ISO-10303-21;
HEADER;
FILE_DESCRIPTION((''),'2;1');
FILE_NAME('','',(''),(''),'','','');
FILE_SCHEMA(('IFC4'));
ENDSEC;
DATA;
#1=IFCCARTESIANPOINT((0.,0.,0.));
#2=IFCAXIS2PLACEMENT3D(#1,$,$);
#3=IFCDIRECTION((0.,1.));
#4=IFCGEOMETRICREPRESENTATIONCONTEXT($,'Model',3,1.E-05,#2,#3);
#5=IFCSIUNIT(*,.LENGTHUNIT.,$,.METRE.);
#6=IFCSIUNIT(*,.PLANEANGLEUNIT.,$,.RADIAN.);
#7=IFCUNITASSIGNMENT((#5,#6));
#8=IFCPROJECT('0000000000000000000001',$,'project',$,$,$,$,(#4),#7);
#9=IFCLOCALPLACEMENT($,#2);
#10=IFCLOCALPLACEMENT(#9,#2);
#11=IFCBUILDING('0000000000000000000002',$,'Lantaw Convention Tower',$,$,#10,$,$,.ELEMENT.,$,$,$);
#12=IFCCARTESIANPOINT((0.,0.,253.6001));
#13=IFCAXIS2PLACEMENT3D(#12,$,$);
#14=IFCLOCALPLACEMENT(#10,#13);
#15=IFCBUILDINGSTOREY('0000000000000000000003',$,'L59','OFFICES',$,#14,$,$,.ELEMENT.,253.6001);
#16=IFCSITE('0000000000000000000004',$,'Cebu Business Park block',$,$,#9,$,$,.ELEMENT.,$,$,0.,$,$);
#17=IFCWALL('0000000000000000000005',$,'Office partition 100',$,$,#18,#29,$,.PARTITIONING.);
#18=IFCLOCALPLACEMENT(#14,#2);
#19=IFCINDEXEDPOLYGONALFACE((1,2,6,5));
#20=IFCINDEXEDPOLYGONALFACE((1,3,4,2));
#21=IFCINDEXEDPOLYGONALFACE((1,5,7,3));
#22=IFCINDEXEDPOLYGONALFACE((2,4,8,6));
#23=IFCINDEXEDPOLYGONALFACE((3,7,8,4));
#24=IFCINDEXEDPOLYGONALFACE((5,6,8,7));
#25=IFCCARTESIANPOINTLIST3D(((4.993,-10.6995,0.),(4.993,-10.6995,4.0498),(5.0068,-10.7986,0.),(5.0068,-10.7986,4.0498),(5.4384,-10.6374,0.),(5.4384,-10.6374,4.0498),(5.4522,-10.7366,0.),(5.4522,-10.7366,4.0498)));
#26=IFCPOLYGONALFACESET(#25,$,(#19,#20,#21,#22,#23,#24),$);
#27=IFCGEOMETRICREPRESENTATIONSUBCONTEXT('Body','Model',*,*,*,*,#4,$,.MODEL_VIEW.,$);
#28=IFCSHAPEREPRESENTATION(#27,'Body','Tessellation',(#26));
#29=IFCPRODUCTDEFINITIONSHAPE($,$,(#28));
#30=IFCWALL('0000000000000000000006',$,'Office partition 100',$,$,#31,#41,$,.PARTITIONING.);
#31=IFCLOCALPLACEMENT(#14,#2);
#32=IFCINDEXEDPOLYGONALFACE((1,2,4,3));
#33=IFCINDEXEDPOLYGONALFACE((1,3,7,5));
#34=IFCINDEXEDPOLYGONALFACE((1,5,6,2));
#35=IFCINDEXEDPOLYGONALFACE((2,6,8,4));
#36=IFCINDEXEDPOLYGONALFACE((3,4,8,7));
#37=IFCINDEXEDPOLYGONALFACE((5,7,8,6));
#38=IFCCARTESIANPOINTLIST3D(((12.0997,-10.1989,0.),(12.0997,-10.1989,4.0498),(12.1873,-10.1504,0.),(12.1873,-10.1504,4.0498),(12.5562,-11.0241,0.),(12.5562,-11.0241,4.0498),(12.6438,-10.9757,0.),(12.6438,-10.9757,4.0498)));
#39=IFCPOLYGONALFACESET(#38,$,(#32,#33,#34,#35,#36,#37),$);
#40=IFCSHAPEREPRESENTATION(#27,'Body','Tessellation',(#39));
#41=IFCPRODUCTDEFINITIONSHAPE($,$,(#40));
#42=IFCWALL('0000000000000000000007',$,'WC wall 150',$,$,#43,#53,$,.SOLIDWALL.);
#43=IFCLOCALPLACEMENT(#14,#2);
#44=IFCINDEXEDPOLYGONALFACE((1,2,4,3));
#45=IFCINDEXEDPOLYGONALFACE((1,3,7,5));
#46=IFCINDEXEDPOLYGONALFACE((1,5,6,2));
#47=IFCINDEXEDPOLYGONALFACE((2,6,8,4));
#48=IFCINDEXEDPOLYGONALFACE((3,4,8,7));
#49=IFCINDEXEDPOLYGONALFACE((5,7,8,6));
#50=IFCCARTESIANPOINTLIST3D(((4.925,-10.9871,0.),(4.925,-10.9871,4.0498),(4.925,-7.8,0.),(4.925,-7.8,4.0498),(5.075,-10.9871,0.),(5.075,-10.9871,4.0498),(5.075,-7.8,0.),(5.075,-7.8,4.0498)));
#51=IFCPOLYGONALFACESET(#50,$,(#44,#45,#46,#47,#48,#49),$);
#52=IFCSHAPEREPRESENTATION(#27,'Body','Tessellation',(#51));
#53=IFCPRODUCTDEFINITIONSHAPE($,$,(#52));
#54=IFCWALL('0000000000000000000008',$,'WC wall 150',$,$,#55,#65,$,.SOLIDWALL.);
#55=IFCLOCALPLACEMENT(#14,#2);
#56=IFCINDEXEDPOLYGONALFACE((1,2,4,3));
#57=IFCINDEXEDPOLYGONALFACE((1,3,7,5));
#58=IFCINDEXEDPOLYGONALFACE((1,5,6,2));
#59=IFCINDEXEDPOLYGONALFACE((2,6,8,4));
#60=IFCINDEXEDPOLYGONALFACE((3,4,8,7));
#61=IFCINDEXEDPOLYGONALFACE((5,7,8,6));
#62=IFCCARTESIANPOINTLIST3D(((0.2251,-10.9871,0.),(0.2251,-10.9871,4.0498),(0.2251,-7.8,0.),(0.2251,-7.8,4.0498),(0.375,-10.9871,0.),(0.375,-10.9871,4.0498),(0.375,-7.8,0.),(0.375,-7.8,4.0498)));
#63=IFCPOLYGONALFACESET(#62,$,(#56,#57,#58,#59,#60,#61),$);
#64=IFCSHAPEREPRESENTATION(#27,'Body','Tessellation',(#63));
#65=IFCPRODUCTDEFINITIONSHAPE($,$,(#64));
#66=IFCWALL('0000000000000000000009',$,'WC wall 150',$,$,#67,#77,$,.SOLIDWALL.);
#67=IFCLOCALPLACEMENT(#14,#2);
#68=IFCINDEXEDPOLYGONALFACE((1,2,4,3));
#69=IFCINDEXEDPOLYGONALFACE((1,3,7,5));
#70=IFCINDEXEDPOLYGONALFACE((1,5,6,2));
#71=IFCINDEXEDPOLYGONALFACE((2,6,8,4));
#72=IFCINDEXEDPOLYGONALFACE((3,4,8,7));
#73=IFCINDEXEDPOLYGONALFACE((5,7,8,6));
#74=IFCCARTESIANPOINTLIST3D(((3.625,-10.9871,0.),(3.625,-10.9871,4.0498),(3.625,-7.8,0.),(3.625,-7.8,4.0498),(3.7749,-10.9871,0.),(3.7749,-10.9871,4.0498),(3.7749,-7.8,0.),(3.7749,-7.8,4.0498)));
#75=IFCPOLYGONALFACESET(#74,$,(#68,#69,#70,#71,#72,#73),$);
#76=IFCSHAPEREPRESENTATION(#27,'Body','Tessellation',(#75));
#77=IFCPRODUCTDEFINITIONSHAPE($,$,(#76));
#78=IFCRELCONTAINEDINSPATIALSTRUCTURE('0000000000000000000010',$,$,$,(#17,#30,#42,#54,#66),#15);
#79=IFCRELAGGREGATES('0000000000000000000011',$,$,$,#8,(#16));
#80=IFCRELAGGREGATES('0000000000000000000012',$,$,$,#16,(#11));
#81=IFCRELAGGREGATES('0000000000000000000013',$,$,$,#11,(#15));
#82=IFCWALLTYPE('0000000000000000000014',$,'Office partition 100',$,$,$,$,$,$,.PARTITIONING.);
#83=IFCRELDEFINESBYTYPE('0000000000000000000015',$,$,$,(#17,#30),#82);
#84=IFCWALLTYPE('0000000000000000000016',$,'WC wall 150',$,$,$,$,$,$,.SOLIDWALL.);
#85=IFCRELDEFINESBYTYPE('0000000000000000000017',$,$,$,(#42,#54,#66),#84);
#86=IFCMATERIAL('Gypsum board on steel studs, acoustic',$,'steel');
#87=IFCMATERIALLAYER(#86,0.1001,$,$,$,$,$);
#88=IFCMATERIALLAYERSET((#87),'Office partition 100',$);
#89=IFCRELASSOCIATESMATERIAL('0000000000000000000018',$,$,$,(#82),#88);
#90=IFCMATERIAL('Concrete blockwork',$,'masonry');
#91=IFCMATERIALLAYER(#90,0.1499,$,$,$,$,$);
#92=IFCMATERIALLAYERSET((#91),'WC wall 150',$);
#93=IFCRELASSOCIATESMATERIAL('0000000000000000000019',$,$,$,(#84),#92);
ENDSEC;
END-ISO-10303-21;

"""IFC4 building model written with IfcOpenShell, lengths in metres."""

from ifc_helpers import new_model, si_unit, direction, frame, frame_2d, origin, place, context, subcontext, project, spatial, rectangle, extrude, material, layer, layer_set, type_object, element, save


model = new_model("IFC4")

# Units and contexts
model_context = context("Model", 3, precision=1e-05, world=origin(), true_north=direction((0.0, 1.0)))
body_context = subcontext(model_context, "Body", "Model", "MODEL_VIEW")
ifc_project = project(units=[si_unit("LENGTHUNIT", "METRE"), si_unit("PLANEANGLEUNIT", "RADIAN")], contexts=[model_context])

# Site, building, storey
site_placement = place(None, origin())
site = spatial("IfcSite", under=ifc_project, at=site_placement, Name="Cebu Business Park block", CompositionType="ELEMENT", RefElevation=0.0)
building_placement = place(site_placement, origin())
building = spatial("IfcBuilding", under=site, at=building_placement, Name="Lantaw Convention Tower", CompositionType="ELEMENT")
storey_placement = place(building_placement, frame((0.0, 0.0, 253.6001)))
storey = spatial("IfcBuildingStorey", under=building, at=storey_placement, Name="L59", Description="OFFICES", CompositionType="ELEMENT", Elevation=253.6001)

# Walls
ifc_material_1 = material(Name="Gypsum board on steel studs, acoustic", Category="steel")
ifc_layer_1 = layer(ifc_material_1, 0.1001)
ifc_layer_set_1 = layer_set([ifc_layer_1], Name="Office partition 100")
wall_type_1 = type_object("IfcWallType", Name="Office partition 100", PredefinedType="PARTITIONING", material=ifc_layer_set_1)
wall_1_placement = place(storey_placement, frame((5.4453, -10.687, 0.0), z_axis=(0.0, 0.0, 1.0), x_axis=(-0.990443, -0.137924, 0.0)))
element("IfcWall", 1, at=wall_1_placement, inside=storey, type_object=wall_type_1, Name="Office partition 100", PredefinedType="PARTITIONING", context=body_context, shape_type="SweptSolid", body=[
    extrude(rectangle(XDim=0.4497, YDim=0.1001, at=frame_2d((0.2249, 0.0))), origin(), (0.0, 0.0, 1.0), 4.0498),
])
wall_2_placement = place(storey_placement, frame((12.6001, -11.0, 0.0), z_axis=(0.0, 0.0, 1.0), x_axis=(-0.484104, 0.875011, 0.0)))
element("IfcWall", 2, at=wall_2_placement, inside=storey, type_object=wall_type_1, Name="Office partition 100", PredefinedType="PARTITIONING", context=body_context, shape_type="SweptSolid", body=[
    extrude(rectangle(XDim=0.9431, YDim=0.1001, at=frame_2d((0.4717, 0.0))), origin(), (0.0, 0.0, 1.0), 4.0498),
])
ifc_material_2 = material(Name="Concrete blockwork", Category="masonry")
ifc_layer_2 = layer(ifc_material_2, 0.1499)
ifc_layer_set_2 = layer_set([ifc_layer_2], Name="WC wall 150")
wall_type_2 = type_object("IfcWallType", Name="WC wall 150", PredefinedType="SOLIDWALL", material=ifc_layer_set_2)
for number, where, z_axis, x_axis, name in (
    (3, (5.0, -7.8, 0.0), (0.0, 0.0, 1.0), (0.0, -1.0, 0.0), "WC wall 150"),
    (4, (0.3, -7.8, 0.0), (0.0, 0.0, 1.0), (0.0, -1.0, 0.0), "WC wall 150"),
    (5, (3.7, -7.8, 0.0), (0.0, 0.0, 1.0), (0.0, -1.0, 0.0), "WC wall 150"),
):
    element("IfcWall", number, at=place(storey_placement, frame(where, z_axis=z_axis, x_axis=x_axis)), inside=storey, type_object=wall_type_2, Name=name, PredefinedType="SOLIDWALL", context=body_context, shape_type="SweptSolid", body=[
        extrude(rectangle(XDim=3.187, YDim=0.1499, at=frame_2d((1.5935, 0.0))), origin(), (0.0, 0.0, 1.0), 4.0498),
    ])

save(model, "model.ifc")
